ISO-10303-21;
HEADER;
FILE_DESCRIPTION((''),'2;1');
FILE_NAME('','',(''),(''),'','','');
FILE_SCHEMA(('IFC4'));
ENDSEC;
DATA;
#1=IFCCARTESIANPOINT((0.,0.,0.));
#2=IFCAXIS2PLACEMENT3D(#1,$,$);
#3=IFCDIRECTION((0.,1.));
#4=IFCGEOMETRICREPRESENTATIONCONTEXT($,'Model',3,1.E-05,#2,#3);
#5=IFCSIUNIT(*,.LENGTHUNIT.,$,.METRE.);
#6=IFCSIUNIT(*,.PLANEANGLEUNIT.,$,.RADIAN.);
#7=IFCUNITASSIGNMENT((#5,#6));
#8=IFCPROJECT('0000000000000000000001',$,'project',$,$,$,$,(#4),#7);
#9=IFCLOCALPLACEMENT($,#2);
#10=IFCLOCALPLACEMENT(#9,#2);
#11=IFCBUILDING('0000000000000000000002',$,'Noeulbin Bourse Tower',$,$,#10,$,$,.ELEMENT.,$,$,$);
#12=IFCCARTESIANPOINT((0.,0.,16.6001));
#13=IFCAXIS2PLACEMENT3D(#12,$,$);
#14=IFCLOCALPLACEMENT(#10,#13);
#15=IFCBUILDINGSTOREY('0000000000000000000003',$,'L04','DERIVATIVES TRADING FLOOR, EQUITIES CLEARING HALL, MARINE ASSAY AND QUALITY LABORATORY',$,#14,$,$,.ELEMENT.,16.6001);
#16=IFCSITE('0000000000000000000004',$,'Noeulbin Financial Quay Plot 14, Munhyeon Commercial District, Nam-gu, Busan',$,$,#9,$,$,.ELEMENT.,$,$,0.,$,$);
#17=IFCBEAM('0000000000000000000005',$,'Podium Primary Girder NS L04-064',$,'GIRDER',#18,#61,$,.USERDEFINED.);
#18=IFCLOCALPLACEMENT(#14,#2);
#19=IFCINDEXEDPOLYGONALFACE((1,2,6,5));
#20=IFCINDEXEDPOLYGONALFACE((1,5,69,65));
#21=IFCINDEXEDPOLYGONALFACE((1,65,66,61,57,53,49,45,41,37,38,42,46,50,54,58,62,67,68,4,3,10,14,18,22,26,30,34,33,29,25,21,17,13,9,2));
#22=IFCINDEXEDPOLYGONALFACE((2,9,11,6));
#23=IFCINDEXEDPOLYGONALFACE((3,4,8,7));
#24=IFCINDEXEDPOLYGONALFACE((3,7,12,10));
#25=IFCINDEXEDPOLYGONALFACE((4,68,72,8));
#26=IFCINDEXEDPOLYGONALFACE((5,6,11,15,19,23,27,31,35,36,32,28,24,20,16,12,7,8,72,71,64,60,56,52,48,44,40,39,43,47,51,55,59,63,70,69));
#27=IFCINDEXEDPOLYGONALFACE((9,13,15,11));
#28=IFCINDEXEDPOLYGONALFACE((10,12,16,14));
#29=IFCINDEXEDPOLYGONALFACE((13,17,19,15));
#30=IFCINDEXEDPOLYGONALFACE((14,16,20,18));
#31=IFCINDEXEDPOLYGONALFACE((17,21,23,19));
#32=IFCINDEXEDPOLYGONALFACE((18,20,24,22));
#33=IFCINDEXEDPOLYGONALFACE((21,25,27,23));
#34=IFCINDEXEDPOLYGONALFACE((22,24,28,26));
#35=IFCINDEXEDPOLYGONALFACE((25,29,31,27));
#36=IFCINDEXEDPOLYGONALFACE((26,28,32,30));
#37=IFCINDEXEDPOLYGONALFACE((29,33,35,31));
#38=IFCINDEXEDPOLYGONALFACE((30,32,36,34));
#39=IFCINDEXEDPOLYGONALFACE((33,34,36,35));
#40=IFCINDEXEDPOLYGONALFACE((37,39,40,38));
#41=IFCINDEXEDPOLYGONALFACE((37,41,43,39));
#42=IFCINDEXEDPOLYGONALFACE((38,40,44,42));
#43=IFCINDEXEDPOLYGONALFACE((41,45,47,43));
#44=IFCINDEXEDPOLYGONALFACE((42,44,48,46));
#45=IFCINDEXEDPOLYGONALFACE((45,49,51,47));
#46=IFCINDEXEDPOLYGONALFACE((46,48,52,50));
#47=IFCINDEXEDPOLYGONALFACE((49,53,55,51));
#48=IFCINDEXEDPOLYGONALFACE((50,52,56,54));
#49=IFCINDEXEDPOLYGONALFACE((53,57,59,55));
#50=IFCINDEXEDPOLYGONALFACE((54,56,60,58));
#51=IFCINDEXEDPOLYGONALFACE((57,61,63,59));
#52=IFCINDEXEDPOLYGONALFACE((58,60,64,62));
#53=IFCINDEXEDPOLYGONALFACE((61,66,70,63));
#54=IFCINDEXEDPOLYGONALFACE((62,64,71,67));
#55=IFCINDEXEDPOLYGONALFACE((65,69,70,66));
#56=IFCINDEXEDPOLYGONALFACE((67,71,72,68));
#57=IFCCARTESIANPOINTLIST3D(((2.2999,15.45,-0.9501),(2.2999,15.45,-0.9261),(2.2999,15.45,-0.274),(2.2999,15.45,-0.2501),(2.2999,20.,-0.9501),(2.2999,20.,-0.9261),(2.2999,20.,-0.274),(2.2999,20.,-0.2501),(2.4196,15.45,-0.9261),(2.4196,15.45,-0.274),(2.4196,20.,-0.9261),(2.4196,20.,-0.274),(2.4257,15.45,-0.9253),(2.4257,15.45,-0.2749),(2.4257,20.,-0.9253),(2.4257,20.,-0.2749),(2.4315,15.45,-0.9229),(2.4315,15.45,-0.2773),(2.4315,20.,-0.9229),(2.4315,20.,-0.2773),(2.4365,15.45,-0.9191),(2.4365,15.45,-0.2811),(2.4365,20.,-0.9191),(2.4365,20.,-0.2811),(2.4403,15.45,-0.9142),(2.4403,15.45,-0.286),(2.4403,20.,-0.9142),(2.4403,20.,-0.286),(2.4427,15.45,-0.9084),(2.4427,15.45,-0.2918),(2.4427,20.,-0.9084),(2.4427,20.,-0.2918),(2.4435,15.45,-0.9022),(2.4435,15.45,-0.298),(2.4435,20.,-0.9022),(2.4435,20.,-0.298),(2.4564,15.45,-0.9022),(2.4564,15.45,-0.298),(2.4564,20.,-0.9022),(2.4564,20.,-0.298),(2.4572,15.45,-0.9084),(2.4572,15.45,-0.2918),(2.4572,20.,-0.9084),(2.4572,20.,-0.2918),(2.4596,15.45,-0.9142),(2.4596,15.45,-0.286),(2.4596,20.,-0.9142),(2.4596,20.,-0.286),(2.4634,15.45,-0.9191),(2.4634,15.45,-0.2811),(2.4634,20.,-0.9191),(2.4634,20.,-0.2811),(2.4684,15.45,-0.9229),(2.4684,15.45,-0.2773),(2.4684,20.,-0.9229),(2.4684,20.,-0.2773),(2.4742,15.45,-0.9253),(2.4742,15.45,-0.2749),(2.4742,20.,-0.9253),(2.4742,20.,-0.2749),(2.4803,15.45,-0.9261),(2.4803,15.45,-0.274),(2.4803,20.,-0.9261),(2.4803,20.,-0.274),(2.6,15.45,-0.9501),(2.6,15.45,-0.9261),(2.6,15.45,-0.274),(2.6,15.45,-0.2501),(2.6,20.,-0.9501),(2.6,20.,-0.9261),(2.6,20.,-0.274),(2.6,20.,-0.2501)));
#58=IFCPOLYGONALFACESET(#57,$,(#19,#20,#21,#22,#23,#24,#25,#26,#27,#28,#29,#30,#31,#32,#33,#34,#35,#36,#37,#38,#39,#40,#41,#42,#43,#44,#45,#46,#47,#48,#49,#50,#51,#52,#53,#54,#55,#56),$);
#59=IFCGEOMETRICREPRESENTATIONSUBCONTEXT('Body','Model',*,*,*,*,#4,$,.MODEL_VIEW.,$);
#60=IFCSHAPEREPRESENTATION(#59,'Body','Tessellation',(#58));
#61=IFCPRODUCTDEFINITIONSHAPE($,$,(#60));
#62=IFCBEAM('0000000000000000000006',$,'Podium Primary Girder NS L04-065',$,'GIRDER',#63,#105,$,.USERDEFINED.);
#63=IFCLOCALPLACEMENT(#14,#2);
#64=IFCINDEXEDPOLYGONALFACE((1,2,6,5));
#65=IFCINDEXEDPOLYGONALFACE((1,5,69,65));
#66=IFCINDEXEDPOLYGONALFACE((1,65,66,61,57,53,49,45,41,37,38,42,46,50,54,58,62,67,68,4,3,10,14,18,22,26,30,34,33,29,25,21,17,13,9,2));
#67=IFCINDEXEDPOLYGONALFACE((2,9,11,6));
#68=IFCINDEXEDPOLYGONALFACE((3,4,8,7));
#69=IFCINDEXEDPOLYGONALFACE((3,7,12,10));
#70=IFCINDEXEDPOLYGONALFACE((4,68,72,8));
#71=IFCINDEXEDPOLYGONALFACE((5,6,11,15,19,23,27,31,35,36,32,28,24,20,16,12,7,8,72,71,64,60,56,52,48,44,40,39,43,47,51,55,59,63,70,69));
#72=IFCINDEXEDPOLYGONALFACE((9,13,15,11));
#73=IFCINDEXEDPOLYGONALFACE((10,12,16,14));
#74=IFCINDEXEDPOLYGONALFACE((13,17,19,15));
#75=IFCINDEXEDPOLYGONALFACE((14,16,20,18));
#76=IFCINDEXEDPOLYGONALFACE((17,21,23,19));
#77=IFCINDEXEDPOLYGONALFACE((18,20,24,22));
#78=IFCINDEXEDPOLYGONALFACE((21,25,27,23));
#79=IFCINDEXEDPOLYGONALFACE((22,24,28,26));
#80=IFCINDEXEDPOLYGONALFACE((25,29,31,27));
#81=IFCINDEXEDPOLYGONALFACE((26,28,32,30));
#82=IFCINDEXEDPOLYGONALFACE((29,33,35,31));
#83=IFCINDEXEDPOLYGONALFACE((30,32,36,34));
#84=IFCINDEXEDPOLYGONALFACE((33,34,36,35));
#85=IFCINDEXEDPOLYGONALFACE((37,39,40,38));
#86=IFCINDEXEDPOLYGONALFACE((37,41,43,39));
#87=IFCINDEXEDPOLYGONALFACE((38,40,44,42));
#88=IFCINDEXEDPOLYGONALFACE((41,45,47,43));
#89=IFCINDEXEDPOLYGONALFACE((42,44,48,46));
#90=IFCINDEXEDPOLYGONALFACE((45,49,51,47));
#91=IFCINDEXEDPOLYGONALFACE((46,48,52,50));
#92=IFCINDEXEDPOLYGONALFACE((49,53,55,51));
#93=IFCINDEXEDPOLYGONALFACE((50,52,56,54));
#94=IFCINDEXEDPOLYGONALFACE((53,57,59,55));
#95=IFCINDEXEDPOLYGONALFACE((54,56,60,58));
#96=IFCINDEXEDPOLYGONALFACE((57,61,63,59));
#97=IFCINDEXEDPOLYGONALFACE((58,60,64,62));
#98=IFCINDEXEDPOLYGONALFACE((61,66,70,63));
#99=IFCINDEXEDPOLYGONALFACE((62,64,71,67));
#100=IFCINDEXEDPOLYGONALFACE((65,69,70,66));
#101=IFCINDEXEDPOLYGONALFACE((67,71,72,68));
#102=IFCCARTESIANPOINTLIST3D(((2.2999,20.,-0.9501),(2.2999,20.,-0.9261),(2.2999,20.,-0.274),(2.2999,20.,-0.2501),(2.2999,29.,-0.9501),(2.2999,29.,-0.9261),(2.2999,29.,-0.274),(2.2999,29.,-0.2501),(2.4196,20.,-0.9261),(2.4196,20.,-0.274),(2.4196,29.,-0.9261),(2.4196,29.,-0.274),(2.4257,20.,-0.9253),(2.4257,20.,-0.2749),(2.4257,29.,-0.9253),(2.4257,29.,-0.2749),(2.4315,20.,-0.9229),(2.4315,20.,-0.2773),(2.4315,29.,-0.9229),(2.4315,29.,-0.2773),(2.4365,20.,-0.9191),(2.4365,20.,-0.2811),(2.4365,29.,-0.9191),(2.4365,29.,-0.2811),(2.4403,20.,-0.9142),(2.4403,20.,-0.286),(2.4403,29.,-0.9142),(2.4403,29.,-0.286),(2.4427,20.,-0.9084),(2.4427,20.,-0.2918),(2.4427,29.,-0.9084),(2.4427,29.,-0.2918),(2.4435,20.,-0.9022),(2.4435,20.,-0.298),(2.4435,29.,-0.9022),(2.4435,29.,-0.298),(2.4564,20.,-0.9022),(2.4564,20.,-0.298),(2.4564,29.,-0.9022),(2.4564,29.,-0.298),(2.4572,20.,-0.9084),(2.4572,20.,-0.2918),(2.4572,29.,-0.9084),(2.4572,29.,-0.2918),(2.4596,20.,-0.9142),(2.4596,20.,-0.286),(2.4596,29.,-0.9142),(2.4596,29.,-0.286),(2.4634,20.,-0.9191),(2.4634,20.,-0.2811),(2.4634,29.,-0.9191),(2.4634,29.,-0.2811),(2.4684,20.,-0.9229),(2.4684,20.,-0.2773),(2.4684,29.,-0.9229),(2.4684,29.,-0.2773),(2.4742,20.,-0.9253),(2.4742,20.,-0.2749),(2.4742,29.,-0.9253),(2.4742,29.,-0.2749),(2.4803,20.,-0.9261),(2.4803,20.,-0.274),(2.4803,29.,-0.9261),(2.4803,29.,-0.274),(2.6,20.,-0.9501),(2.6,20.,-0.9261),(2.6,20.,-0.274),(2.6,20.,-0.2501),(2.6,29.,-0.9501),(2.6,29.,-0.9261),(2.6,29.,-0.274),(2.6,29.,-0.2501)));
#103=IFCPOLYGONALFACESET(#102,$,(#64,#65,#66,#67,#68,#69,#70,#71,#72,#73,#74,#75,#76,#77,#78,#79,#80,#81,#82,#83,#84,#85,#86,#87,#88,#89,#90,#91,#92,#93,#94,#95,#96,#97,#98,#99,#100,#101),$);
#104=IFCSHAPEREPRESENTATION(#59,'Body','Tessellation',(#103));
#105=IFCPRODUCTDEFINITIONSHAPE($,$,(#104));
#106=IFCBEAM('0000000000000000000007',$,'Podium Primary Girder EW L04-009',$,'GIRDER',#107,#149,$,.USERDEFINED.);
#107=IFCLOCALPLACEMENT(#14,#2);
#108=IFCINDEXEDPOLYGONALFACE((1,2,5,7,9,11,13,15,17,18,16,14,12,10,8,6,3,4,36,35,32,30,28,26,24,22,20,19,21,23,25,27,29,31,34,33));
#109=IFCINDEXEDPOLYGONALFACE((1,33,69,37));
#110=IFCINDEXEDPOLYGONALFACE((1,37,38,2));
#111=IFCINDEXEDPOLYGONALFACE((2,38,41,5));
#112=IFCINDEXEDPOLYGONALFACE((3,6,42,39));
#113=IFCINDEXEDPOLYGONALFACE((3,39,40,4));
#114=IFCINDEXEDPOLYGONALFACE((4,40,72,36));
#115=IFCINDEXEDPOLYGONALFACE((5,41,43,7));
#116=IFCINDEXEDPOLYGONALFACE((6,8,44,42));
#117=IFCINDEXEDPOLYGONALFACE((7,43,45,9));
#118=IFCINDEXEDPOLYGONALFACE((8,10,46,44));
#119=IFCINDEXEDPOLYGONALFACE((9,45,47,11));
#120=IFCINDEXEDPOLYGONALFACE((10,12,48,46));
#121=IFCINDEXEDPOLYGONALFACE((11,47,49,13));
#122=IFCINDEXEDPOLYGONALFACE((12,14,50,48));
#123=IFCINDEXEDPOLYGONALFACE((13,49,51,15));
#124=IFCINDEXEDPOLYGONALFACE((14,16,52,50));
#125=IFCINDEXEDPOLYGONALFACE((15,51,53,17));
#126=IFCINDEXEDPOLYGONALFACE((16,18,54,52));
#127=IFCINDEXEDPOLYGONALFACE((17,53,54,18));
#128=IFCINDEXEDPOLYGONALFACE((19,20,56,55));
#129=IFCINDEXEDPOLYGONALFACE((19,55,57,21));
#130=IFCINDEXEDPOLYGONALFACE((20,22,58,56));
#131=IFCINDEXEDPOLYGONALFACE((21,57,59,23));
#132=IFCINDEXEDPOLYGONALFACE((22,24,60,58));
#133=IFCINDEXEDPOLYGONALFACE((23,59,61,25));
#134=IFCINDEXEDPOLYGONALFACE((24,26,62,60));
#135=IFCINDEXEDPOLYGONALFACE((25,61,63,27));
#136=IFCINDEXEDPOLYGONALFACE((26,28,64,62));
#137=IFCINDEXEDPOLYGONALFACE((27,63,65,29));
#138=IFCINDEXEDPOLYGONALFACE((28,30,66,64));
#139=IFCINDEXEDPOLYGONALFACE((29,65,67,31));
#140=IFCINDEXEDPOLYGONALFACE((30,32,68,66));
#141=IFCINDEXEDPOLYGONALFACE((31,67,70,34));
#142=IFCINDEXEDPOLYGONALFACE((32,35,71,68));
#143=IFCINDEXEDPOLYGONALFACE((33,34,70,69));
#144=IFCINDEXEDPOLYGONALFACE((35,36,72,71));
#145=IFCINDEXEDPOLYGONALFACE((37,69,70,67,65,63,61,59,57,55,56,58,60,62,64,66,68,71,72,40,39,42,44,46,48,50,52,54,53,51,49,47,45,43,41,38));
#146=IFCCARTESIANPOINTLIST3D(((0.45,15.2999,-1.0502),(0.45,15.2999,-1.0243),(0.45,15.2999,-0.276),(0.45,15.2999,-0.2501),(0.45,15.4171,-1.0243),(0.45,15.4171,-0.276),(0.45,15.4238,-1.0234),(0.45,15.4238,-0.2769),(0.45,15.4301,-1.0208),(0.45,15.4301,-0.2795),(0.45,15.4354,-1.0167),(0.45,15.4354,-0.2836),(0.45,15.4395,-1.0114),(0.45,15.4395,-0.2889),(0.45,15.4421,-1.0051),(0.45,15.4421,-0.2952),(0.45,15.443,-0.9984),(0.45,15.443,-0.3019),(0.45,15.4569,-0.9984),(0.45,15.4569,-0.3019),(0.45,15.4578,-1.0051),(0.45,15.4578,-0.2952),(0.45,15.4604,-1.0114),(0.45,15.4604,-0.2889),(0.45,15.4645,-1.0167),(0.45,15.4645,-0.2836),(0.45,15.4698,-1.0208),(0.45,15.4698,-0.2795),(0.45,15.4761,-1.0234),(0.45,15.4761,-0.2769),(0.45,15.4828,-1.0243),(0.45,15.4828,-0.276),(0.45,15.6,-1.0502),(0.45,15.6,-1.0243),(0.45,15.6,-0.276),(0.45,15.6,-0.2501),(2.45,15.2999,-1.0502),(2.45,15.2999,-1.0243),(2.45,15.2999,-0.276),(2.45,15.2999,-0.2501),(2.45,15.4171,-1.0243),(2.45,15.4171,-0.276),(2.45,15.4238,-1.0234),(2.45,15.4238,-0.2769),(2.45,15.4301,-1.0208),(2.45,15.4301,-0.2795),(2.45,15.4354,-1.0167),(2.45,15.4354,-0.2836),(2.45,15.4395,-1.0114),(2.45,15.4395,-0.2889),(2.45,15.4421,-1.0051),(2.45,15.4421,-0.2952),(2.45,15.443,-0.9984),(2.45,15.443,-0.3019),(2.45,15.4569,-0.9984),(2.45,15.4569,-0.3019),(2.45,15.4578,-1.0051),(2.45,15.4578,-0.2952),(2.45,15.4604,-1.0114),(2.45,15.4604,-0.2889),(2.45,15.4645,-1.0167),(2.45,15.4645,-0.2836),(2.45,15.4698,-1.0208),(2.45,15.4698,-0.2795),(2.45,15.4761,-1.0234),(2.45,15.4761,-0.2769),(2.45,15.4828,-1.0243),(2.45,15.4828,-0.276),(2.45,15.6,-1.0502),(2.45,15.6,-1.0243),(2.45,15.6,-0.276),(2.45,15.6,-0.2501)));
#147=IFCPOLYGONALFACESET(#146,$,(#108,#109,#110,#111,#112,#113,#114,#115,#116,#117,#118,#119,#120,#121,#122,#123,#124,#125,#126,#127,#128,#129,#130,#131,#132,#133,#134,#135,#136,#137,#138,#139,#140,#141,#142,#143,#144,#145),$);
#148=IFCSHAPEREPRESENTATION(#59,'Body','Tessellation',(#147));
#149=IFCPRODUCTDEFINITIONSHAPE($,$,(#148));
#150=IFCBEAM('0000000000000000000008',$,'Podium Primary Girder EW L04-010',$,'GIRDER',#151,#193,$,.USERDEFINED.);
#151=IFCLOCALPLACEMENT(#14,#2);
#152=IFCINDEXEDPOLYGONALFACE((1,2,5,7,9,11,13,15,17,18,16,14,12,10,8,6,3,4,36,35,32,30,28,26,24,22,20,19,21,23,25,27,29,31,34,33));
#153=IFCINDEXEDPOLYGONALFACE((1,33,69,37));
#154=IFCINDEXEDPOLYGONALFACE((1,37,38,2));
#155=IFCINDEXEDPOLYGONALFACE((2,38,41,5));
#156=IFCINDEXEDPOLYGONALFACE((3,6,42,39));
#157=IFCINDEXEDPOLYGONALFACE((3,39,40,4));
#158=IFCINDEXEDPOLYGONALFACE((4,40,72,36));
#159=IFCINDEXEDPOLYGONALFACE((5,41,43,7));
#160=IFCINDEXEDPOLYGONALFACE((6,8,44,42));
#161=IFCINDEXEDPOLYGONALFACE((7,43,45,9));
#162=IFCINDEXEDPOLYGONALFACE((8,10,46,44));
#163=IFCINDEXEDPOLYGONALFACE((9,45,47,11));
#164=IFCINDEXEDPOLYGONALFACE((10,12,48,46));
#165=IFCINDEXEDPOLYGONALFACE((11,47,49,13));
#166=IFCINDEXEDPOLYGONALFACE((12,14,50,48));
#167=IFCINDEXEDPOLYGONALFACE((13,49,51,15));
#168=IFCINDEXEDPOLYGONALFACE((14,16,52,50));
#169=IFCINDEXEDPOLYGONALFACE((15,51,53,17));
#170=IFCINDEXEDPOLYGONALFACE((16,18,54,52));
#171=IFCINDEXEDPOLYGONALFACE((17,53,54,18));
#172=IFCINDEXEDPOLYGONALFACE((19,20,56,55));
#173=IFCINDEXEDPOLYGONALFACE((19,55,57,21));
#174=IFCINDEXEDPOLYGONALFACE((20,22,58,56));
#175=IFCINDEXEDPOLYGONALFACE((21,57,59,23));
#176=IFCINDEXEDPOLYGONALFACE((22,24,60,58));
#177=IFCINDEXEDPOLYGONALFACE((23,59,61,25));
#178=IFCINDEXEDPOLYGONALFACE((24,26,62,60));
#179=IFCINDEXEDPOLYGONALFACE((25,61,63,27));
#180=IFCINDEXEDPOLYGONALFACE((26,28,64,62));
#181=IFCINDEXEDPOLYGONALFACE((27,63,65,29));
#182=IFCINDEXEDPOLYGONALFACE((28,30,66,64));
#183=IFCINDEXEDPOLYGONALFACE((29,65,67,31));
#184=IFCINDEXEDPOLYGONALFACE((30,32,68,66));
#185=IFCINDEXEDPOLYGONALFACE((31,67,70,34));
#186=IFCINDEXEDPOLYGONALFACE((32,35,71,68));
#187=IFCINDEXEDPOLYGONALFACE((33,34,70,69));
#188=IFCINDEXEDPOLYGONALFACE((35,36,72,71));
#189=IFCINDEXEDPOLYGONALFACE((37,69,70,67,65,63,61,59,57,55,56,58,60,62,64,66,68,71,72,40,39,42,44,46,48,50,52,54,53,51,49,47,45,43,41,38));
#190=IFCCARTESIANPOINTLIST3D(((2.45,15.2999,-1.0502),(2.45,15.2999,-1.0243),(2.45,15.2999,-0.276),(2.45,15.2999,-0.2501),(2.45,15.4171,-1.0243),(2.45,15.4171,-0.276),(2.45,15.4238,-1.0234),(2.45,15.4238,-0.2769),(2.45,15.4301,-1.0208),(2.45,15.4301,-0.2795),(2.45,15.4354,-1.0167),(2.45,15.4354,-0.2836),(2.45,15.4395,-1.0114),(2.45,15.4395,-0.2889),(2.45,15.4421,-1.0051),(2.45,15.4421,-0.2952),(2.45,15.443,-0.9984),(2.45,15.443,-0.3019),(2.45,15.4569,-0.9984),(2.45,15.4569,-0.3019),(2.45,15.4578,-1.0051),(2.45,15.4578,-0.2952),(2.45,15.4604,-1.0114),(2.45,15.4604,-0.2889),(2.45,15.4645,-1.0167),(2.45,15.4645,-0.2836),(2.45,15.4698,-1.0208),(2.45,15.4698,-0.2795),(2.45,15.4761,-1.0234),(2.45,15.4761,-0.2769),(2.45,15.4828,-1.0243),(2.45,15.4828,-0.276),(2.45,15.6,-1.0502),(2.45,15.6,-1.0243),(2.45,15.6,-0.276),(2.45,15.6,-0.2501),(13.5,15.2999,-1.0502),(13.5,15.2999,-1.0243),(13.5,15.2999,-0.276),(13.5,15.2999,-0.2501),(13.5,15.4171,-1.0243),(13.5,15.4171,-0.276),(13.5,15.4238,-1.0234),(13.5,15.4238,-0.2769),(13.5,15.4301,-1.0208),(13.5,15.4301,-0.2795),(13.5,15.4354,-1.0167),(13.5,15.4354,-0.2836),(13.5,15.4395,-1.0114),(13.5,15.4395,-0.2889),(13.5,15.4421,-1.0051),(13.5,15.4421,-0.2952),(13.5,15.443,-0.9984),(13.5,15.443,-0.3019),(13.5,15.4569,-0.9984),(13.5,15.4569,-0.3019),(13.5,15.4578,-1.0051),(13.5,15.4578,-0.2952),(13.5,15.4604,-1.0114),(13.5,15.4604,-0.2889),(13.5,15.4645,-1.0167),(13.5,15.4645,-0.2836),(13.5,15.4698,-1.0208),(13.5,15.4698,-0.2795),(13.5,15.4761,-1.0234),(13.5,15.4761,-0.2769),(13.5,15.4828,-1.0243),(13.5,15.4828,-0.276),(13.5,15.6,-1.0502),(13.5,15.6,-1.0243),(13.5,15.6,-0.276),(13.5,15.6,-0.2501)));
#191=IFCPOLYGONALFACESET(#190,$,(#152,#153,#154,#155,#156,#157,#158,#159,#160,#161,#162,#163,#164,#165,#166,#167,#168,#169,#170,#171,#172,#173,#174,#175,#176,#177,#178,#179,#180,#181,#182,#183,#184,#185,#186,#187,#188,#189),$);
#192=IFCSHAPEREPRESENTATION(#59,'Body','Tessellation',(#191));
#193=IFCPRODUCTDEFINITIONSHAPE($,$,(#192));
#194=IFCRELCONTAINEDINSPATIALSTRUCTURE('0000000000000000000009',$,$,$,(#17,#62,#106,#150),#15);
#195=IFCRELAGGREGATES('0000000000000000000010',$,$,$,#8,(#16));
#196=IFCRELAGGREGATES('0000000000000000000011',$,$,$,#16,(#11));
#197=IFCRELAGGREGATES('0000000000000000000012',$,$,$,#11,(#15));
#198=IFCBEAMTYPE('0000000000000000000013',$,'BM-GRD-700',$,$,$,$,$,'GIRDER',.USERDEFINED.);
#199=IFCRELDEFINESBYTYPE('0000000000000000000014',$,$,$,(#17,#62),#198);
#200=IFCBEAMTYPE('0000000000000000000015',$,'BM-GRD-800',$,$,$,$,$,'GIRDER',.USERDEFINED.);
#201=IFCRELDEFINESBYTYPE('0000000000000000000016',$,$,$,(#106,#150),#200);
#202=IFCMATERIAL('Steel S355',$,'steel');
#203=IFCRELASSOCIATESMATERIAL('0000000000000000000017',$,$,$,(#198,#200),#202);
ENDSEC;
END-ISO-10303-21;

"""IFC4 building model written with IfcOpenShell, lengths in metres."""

from ifc_helpers import new_model, si_unit, direction, frame, origin, origin_2d, place, context, subcontext, project, spatial, i_section, extrude, material, material_profile, profile_set, type_object, element, save


model = new_model("IFC4")

# Units and contexts
model_context = context("Model", 3, precision=1e-05, world=origin(), true_north=direction((0.0, 1.0)))
body_context = subcontext(model_context, "Body", "Model", "MODEL_VIEW")
ifc_project = project(units=[si_unit("LENGTHUNIT", "METRE"), si_unit("PLANEANGLEUNIT", "RADIAN")], contexts=[model_context])

# Site, building, storey
site_placement = place(None, origin())
site = spatial("IfcSite", under=ifc_project, at=site_placement, Name="Noeulbin Financial Quay Plot 14, Munhyeon Commercial District, Nam-gu, Busan", CompositionType="ELEMENT", RefElevation=0.0)
building_placement = place(site_placement, origin())
building = spatial("IfcBuilding", under=site, at=building_placement, Name="Noeulbin Bourse Tower", CompositionType="ELEMENT")
storey_placement = place(building_placement, frame((0.0, 0.0, 16.6001)))
storey = spatial("IfcBuildingStorey", under=building, at=storey_placement, Name="L04", Description="DERIVATIVES TRADING FLOOR, EQUITIES CLEARING HALL, MARINE ASSAY AND QUALITY LABORATORY", CompositionType="ELEMENT", Elevation=16.6001)

# Beams
ifc_material_1 = material(Name="Steel S355", Category="steel")
ifc_material_profile_1 = material_profile(ifc_material_1, i_section(OverallWidth=0.3, OverallDepth=0.7, WebThickness=0.0129, FlangeThickness=0.0239, FilletRadius=0.0239, at=origin_2d()), Name="H-700x300x13x24", Category="LoadBearing")
ifc_profile_set_1 = profile_set([ifc_material_profile_1], Name="Steel S355")
beam_type_1 = type_object("IfcBeamType", Name="BM-GRD-700", ElementType="GIRDER", PredefinedType="USERDEFINED", material=ifc_profile_set_1)
beam_1_placement = place(storey_placement, frame((2.45, 15.45, -0.6001), z_axis=(0.0, 1.0, 0.0), x_axis=(-1.0, 0.0, 0.0)))
element("IfcBeam", 1, at=beam_1_placement, inside=storey, type_object=beam_type_1, Name="Podium Primary Girder NS L04-064", ObjectType="GIRDER", PredefinedType="USERDEFINED", context=body_context, shape_type="SweptSolid", body=[
    extrude(i_section(OverallWidth=0.3, OverallDepth=0.7, WebThickness=0.0129, FlangeThickness=0.0239, FilletRadius=0.0239, at=origin_2d()), origin(), (0.0, 0.0, 1.0), 4.55),
])
beam_2_placement = place(storey_placement, frame((2.45, 20.0, -0.6001), z_axis=(0.0, 1.0, 0.0), x_axis=(-1.0, 0.0, 0.0)))
element("IfcBeam", 2, at=beam_2_placement, inside=storey, type_object=beam_type_1, Name="Podium Primary Girder NS L04-065", ObjectType="GIRDER", PredefinedType="USERDEFINED", context=body_context, shape_type="SweptSolid", body=[
    extrude(i_section(OverallWidth=0.3, OverallDepth=0.7, WebThickness=0.0129, FlangeThickness=0.0239, FilletRadius=0.0239, at=origin_2d()), origin(), (0.0, 0.0, 1.0), 9.0),
])
ifc_material_profile_2 = material_profile(ifc_material_1, i_section(OverallWidth=0.3, OverallDepth=0.8, WebThickness=0.0139, FlangeThickness=0.0259, FilletRadius=0.0259, at=origin_2d()), Name="H-800x300x14x26", Category="LoadBearing")
ifc_profile_set_2 = profile_set([ifc_material_profile_2], Name="Steel S355")
beam_type_2 = type_object("IfcBeamType", Name="BM-GRD-800", ElementType="GIRDER", PredefinedType="USERDEFINED", material=ifc_profile_set_2)
beam_3_placement = place(storey_placement, frame((0.45, 15.45, -0.6501), z_axis=(1.0, 0.0, 0.0), x_axis=(0.0, 1.0, 0.0)))
element("IfcBeam", 3, at=beam_3_placement, inside=storey, type_object=beam_type_2, Name="Podium Primary Girder EW L04-009", ObjectType="GIRDER", PredefinedType="USERDEFINED", context=body_context, shape_type="SweptSolid", body=[
    extrude(i_section(OverallWidth=0.3, OverallDepth=0.8, WebThickness=0.0139, FlangeThickness=0.0259, FilletRadius=0.0259, at=origin_2d()), origin(), (0.0, 0.0, 1.0), 2.0),
])
beam_4_placement = place(storey_placement, frame((2.45, 15.45, -0.6501), z_axis=(1.0, 0.0, 0.0), x_axis=(0.0, 1.0, 0.0)))
element("IfcBeam", 4, at=beam_4_placement, inside=storey, type_object=beam_type_2, Name="Podium Primary Girder EW L04-010", ObjectType="GIRDER", PredefinedType="USERDEFINED", context=body_context, shape_type="SweptSolid", body=[
    extrude(i_section(OverallWidth=0.3, OverallDepth=0.8, WebThickness=0.0139, FlangeThickness=0.0259, FilletRadius=0.0259, at=origin_2d()), origin(), (0.0, 0.0, 1.0), 11.05),
])

save(model, "model.ifc")
